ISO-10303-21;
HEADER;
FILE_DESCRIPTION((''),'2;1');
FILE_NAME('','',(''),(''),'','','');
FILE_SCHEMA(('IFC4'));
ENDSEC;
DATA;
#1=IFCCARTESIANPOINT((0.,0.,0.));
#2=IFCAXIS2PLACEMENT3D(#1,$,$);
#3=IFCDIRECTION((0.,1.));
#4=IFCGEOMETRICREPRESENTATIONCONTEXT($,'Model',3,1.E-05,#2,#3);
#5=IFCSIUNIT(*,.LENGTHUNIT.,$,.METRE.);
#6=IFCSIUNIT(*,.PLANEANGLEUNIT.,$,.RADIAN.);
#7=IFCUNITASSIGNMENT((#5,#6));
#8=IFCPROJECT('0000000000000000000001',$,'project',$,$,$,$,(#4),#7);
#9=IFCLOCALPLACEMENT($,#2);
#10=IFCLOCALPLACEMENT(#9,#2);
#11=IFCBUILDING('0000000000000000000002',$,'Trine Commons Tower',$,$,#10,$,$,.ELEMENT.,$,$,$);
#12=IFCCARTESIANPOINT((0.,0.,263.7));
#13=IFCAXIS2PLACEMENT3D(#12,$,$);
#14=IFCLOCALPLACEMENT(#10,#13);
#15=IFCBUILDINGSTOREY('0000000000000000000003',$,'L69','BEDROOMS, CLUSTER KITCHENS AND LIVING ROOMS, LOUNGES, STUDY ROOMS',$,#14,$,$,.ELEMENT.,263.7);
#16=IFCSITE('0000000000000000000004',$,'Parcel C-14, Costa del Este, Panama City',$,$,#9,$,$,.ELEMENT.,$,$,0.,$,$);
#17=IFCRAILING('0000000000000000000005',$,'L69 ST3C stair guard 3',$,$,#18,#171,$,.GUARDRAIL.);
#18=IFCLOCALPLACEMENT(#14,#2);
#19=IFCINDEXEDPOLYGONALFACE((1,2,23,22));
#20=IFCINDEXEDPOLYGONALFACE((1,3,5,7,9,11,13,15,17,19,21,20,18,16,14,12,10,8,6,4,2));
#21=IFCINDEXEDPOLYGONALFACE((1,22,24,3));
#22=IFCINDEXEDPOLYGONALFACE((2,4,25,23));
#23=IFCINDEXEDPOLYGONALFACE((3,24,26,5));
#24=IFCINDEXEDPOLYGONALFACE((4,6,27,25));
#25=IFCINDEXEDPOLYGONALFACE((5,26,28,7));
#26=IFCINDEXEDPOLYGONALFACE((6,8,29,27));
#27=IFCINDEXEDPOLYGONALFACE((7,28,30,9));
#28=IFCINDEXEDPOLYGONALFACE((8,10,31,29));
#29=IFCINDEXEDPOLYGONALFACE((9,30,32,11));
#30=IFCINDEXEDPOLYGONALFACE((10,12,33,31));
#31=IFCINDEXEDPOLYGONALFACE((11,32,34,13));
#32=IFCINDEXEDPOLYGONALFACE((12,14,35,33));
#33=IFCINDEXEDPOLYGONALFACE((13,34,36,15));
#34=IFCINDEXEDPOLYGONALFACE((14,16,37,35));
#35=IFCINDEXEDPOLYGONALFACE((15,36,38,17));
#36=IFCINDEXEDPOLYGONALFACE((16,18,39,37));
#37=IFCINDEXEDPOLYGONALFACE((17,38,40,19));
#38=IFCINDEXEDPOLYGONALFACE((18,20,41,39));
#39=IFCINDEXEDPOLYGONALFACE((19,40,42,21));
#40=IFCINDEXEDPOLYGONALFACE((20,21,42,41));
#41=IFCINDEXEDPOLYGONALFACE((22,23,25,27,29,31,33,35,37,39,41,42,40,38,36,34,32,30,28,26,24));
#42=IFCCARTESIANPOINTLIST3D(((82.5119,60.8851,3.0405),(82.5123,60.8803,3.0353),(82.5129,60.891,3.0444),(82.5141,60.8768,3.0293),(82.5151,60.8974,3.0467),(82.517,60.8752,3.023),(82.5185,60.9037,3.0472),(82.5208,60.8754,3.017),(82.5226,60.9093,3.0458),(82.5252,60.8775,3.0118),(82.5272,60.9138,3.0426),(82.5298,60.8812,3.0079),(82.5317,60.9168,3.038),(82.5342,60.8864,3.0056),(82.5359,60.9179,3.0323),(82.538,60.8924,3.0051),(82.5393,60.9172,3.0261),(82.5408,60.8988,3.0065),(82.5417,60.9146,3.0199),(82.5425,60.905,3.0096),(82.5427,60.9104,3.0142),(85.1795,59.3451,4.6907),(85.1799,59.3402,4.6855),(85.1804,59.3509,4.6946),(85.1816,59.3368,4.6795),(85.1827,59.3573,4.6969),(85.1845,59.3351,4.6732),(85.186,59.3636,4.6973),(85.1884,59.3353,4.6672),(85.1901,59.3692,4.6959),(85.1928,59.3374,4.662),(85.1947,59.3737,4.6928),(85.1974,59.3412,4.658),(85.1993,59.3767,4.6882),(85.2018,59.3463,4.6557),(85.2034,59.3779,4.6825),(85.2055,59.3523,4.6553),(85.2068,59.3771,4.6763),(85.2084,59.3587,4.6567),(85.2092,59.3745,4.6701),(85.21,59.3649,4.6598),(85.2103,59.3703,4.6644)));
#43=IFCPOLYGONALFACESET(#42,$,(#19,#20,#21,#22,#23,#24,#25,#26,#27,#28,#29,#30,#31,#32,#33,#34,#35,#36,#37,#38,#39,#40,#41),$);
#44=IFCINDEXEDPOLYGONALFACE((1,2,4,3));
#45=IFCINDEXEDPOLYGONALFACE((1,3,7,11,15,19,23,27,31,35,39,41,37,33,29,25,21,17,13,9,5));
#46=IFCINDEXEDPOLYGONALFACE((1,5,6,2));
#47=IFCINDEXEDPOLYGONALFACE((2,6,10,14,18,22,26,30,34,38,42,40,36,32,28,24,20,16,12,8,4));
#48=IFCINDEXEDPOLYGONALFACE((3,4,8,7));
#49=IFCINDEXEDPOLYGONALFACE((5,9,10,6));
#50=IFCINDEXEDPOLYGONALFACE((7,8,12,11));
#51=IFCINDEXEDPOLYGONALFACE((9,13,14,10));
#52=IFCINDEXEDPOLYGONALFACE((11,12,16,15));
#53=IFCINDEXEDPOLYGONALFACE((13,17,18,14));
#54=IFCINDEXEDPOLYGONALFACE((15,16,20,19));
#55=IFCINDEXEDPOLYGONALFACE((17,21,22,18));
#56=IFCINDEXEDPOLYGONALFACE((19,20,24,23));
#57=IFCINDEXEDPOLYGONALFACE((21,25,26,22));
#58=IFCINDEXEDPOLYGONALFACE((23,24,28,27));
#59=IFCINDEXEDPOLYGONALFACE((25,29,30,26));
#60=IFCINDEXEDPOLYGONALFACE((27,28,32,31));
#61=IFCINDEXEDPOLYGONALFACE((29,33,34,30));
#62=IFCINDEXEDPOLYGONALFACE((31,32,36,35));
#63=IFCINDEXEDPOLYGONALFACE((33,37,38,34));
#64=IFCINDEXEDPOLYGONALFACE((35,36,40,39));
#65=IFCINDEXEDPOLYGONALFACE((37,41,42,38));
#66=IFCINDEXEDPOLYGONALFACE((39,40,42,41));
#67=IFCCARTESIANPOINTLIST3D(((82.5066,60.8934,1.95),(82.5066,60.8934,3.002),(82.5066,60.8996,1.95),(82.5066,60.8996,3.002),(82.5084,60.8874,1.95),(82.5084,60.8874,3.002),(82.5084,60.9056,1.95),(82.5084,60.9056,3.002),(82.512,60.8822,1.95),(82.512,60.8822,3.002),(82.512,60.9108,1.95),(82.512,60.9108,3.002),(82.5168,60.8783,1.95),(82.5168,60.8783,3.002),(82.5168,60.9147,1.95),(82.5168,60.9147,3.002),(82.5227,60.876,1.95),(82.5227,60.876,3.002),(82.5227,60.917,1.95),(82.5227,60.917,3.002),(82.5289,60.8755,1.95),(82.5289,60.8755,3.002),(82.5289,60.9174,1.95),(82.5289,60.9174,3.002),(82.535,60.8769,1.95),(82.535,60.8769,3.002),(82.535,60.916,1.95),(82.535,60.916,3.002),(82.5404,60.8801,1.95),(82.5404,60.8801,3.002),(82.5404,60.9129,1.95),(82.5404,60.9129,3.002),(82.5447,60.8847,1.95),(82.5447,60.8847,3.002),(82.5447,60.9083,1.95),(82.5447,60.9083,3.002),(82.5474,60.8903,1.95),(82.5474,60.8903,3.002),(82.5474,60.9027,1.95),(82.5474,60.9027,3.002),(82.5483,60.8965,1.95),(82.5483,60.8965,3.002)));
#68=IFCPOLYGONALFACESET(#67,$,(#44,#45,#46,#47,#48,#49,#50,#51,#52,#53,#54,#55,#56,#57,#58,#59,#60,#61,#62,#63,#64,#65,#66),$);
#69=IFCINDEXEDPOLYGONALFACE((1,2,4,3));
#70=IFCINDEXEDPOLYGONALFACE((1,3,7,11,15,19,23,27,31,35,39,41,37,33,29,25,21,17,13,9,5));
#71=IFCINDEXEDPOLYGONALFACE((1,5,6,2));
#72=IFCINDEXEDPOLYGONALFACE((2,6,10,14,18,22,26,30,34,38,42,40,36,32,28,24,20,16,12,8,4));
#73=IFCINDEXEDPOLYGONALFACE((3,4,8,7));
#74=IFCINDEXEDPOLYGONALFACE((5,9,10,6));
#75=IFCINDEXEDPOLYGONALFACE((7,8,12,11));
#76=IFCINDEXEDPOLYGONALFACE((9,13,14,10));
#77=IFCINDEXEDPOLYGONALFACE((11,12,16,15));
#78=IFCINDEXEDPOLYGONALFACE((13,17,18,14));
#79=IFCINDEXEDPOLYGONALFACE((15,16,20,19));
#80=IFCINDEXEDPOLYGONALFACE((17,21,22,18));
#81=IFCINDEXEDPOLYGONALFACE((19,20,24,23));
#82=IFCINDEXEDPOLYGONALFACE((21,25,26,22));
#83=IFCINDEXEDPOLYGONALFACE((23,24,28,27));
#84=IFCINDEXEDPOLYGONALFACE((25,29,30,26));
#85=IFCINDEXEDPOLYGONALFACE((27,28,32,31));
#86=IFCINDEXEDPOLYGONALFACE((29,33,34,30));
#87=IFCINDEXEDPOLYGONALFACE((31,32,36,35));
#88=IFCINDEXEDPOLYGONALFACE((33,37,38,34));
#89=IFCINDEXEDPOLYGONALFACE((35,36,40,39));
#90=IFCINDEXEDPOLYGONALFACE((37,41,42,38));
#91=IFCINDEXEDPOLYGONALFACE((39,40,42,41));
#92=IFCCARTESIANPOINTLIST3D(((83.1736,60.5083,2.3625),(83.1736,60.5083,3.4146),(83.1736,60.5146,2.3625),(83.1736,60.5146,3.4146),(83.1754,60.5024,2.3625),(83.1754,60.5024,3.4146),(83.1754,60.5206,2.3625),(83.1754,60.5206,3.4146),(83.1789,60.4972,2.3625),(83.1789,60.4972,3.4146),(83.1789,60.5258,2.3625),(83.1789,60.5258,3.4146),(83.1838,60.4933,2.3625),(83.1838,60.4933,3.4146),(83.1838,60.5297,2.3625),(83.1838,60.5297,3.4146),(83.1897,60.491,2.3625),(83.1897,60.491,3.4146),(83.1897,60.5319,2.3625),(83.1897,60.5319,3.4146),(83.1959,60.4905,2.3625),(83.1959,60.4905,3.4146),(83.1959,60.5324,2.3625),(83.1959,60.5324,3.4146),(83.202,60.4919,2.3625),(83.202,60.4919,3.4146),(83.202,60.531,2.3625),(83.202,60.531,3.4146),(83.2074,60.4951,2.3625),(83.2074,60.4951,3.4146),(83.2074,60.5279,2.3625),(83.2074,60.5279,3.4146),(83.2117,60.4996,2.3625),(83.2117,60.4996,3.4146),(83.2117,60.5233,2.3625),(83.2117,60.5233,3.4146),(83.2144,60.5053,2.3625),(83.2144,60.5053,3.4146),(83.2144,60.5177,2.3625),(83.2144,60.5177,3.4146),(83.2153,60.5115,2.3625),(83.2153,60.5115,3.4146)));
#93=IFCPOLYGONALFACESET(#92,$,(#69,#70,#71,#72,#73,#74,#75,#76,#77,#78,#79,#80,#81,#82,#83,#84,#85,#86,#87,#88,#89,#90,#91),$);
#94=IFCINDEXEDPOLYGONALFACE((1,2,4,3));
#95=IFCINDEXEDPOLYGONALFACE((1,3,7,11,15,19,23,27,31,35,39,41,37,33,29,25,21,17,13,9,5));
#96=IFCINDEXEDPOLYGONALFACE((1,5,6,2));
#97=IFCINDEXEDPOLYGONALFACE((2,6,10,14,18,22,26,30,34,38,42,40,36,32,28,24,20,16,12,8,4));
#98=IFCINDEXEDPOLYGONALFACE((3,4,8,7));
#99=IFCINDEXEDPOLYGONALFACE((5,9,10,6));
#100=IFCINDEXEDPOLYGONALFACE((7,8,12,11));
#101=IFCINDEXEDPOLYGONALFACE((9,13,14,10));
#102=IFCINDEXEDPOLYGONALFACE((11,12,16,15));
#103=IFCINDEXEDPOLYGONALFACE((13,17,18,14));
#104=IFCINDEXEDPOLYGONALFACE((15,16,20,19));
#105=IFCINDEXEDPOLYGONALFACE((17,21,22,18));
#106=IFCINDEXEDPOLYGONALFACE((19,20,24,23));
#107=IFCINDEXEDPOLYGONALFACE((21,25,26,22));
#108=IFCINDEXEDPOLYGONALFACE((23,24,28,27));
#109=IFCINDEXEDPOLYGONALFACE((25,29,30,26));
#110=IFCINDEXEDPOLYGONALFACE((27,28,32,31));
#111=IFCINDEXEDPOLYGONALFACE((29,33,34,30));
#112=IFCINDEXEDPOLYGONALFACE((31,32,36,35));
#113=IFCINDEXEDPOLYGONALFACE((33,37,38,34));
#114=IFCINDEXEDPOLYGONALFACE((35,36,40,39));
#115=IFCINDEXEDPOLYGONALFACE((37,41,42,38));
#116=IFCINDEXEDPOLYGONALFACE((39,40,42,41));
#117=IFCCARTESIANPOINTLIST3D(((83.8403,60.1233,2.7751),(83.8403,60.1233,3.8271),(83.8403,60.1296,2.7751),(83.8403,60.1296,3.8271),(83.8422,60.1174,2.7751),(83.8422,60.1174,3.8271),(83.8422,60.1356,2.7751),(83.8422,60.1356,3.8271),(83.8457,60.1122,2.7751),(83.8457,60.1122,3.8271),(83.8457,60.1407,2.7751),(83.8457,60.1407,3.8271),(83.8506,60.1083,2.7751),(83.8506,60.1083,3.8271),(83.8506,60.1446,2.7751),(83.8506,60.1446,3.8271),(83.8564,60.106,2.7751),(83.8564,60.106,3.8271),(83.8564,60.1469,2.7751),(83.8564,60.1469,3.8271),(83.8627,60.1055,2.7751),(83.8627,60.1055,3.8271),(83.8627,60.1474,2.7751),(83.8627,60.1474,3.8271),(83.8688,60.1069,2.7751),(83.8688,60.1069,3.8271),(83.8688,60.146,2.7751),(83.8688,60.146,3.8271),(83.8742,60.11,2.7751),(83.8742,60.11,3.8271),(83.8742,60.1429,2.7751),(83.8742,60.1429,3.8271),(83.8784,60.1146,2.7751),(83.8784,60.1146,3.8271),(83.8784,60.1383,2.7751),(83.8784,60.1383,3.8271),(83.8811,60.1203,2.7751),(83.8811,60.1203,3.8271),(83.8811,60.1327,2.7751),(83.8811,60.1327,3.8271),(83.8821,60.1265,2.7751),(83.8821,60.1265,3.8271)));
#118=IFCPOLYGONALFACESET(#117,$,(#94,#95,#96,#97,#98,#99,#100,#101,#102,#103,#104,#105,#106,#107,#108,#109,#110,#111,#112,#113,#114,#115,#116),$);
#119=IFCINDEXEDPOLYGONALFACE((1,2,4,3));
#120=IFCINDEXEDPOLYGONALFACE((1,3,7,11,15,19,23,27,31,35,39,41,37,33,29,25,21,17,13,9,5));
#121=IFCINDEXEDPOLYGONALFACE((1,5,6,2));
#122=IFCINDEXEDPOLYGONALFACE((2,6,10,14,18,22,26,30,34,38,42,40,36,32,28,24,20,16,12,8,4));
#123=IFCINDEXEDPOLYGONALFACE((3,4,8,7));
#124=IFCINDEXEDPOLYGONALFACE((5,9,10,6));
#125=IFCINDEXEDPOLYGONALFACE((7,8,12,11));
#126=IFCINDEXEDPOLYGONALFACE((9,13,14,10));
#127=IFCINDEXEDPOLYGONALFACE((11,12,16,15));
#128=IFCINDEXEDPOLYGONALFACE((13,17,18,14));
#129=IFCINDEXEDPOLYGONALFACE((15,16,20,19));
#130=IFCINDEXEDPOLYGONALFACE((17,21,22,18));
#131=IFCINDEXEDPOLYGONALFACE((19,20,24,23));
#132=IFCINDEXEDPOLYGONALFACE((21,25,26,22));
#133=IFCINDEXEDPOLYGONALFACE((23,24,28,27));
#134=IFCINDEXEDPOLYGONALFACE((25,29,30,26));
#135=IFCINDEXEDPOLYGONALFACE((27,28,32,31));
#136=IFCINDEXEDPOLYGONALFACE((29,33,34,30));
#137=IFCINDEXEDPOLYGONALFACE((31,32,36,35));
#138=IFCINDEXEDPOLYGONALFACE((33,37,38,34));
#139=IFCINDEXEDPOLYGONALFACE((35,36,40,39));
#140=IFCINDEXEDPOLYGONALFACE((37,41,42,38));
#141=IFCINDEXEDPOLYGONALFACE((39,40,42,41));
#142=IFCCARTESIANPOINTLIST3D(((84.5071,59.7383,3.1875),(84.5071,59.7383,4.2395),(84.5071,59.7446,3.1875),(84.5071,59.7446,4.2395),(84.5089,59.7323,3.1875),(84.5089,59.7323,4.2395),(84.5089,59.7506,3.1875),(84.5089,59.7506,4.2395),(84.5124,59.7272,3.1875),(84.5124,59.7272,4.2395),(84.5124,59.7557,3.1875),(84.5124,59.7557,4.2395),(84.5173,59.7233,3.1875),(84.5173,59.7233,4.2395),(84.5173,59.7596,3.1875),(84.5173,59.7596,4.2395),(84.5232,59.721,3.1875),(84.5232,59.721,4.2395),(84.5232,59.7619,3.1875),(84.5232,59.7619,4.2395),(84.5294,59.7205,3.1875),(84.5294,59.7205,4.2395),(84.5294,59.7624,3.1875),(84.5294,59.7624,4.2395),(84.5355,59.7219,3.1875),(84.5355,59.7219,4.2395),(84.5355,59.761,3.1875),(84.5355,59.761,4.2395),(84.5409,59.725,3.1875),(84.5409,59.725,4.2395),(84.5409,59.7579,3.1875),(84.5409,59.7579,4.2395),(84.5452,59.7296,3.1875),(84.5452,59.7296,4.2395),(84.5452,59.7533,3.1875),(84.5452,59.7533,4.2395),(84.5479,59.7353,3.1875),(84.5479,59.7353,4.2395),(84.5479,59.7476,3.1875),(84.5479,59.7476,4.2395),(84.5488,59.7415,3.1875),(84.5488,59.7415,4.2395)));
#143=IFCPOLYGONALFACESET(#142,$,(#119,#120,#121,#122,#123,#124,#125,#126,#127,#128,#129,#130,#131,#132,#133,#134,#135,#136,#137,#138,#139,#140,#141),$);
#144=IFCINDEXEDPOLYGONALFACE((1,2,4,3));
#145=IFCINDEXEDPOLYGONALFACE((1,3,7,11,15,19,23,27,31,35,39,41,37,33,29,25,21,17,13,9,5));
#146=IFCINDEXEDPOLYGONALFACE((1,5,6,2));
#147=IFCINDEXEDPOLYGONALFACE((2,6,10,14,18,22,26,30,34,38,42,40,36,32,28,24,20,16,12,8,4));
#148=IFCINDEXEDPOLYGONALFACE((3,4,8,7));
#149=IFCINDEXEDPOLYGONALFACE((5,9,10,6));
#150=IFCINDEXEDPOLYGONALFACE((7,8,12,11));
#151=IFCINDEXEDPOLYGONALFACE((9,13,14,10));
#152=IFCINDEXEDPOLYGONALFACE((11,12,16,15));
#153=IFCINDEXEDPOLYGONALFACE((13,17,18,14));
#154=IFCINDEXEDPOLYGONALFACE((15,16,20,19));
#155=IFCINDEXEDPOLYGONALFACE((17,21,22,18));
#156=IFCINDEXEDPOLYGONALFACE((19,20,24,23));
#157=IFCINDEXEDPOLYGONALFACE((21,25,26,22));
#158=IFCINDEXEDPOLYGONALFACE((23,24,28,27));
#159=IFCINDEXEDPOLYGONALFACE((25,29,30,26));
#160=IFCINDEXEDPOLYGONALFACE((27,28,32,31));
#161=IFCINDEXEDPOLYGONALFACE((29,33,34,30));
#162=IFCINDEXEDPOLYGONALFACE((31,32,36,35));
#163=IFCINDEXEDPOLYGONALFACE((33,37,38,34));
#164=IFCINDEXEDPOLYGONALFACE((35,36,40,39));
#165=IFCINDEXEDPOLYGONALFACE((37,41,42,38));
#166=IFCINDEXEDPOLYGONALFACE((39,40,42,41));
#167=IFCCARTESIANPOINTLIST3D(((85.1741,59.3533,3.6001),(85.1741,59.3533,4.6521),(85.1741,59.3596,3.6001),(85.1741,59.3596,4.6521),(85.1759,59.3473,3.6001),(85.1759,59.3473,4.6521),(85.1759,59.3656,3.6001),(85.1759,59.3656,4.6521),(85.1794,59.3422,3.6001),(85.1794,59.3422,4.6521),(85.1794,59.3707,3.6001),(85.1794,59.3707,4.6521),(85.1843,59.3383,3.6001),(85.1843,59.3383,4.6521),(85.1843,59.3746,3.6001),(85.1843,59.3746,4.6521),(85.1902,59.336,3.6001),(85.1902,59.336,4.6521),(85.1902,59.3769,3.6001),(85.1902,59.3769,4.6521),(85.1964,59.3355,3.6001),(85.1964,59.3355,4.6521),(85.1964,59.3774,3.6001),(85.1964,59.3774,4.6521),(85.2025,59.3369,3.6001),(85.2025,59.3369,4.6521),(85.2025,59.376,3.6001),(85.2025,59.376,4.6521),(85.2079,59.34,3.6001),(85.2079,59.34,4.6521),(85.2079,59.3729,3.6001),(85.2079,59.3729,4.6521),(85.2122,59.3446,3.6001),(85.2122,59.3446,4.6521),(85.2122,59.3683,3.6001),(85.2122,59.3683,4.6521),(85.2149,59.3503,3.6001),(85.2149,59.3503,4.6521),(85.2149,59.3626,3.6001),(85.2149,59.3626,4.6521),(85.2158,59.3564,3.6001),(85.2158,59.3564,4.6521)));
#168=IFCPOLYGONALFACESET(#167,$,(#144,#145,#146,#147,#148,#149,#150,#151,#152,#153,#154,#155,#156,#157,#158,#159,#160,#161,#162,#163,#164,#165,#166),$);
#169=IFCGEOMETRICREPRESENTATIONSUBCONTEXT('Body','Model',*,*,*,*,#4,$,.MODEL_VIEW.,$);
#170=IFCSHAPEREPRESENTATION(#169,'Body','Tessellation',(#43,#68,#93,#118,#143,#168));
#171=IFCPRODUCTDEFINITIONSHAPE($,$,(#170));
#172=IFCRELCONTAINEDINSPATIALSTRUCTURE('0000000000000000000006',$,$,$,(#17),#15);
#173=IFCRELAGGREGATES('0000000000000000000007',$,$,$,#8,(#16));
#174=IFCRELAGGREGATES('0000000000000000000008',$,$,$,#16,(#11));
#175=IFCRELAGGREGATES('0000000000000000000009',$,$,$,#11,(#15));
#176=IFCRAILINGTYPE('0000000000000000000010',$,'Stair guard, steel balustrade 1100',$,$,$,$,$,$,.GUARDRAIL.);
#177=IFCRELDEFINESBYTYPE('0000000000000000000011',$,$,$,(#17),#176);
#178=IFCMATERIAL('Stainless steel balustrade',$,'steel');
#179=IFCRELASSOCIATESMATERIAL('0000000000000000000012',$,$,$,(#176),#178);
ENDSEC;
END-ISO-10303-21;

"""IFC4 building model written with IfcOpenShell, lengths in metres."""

from ifc_helpers import new_model, si_unit, direction, frame, origin, origin_2d, place, context, subcontext, project, spatial, circle, extrude, material, type_object, element, save


model = new_model("IFC4")

# Units and contexts
model_context = context("Model", 3, precision=1e-05, world=origin(), true_north=direction((0.0, 1.0)))
body_context = subcontext(model_context, "Body", "Model", "MODEL_VIEW")
ifc_project = project(units=[si_unit("LENGTHUNIT", "METRE"), si_unit("PLANEANGLEUNIT", "RADIAN")], contexts=[model_context])

# Site, building, storey
site_placement = place(None, origin())
site = spatial("IfcSite", under=ifc_project, at=site_placement, Name="Parcel C-14, Costa del Este, Panama City", CompositionType="ELEMENT", RefElevation=0.0)
building_placement = place(site_placement, origin())
building = spatial("IfcBuilding", under=site, at=building_placement, Name="Trine Commons Tower", CompositionType="ELEMENT")
storey_placement = place(building_placement, frame((0.0, 0.0, 263.7)))
storey = spatial("IfcBuildingStorey", under=building, at=storey_placement, Name="L69", Description="BEDROOMS, CLUSTER KITCHENS AND LIVING ROOMS, LOUNGES, STUDY ROOMS", CompositionType="ELEMENT", Elevation=263.7)

# Railing
ifc_material_1 = material(Name="Stainless steel balustrade", Category="steel")
railing_type_1 = type_object("IfcRailingType", Name="Stair guard, steel balustrade 1100", PredefinedType="GUARDRAIL", material=ifc_material_1)
railing_1_placement = place(storey_placement, frame((82.5273, 60.8965, 1.95)))
element("IfcRailing", 1, at=railing_1_placement, inside=storey, type_object=railing_type_1, Name="L69 ST3C stair guard 3", PredefinedType="GUARDRAIL", context=body_context, shape_type="SweptSolid", body=[
    extrude(circle(Radius=0.0239, at=origin_2d()), frame((0.0, 0.0, 1.0762), z_axis=(0.76338, -0.440728, 0.472239), x_axis=(0.499992, 0.86603, 0.0)), (0.0, 0.0, 1.0), 3.4944),
    extrude(circle(Radius=0.021, at=origin_2d()), origin(), (0.0, 0.0, 1.0), 1.052),
    extrude(circle(Radius=0.021, at=origin_2d()), frame((0.667, -0.385, 0.4126)), (0.0, 0.0, 1.0), 1.052),
    extrude(circle(Radius=0.021, at=origin_2d()), frame((1.3337, -0.77, 0.8252)), (0.0, 0.0, 1.0), 1.052),
    extrude(circle(Radius=0.021, at=origin_2d()), frame((2.0005, -1.155, 1.2375)), (0.0, 0.0, 1.0), 1.052),
    extrude(circle(Radius=0.021, at=origin_2d()), frame((2.6675, -1.54, 1.6501)), (0.0, 0.0, 1.0), 1.052),
])

save(model, "model.ifc")
